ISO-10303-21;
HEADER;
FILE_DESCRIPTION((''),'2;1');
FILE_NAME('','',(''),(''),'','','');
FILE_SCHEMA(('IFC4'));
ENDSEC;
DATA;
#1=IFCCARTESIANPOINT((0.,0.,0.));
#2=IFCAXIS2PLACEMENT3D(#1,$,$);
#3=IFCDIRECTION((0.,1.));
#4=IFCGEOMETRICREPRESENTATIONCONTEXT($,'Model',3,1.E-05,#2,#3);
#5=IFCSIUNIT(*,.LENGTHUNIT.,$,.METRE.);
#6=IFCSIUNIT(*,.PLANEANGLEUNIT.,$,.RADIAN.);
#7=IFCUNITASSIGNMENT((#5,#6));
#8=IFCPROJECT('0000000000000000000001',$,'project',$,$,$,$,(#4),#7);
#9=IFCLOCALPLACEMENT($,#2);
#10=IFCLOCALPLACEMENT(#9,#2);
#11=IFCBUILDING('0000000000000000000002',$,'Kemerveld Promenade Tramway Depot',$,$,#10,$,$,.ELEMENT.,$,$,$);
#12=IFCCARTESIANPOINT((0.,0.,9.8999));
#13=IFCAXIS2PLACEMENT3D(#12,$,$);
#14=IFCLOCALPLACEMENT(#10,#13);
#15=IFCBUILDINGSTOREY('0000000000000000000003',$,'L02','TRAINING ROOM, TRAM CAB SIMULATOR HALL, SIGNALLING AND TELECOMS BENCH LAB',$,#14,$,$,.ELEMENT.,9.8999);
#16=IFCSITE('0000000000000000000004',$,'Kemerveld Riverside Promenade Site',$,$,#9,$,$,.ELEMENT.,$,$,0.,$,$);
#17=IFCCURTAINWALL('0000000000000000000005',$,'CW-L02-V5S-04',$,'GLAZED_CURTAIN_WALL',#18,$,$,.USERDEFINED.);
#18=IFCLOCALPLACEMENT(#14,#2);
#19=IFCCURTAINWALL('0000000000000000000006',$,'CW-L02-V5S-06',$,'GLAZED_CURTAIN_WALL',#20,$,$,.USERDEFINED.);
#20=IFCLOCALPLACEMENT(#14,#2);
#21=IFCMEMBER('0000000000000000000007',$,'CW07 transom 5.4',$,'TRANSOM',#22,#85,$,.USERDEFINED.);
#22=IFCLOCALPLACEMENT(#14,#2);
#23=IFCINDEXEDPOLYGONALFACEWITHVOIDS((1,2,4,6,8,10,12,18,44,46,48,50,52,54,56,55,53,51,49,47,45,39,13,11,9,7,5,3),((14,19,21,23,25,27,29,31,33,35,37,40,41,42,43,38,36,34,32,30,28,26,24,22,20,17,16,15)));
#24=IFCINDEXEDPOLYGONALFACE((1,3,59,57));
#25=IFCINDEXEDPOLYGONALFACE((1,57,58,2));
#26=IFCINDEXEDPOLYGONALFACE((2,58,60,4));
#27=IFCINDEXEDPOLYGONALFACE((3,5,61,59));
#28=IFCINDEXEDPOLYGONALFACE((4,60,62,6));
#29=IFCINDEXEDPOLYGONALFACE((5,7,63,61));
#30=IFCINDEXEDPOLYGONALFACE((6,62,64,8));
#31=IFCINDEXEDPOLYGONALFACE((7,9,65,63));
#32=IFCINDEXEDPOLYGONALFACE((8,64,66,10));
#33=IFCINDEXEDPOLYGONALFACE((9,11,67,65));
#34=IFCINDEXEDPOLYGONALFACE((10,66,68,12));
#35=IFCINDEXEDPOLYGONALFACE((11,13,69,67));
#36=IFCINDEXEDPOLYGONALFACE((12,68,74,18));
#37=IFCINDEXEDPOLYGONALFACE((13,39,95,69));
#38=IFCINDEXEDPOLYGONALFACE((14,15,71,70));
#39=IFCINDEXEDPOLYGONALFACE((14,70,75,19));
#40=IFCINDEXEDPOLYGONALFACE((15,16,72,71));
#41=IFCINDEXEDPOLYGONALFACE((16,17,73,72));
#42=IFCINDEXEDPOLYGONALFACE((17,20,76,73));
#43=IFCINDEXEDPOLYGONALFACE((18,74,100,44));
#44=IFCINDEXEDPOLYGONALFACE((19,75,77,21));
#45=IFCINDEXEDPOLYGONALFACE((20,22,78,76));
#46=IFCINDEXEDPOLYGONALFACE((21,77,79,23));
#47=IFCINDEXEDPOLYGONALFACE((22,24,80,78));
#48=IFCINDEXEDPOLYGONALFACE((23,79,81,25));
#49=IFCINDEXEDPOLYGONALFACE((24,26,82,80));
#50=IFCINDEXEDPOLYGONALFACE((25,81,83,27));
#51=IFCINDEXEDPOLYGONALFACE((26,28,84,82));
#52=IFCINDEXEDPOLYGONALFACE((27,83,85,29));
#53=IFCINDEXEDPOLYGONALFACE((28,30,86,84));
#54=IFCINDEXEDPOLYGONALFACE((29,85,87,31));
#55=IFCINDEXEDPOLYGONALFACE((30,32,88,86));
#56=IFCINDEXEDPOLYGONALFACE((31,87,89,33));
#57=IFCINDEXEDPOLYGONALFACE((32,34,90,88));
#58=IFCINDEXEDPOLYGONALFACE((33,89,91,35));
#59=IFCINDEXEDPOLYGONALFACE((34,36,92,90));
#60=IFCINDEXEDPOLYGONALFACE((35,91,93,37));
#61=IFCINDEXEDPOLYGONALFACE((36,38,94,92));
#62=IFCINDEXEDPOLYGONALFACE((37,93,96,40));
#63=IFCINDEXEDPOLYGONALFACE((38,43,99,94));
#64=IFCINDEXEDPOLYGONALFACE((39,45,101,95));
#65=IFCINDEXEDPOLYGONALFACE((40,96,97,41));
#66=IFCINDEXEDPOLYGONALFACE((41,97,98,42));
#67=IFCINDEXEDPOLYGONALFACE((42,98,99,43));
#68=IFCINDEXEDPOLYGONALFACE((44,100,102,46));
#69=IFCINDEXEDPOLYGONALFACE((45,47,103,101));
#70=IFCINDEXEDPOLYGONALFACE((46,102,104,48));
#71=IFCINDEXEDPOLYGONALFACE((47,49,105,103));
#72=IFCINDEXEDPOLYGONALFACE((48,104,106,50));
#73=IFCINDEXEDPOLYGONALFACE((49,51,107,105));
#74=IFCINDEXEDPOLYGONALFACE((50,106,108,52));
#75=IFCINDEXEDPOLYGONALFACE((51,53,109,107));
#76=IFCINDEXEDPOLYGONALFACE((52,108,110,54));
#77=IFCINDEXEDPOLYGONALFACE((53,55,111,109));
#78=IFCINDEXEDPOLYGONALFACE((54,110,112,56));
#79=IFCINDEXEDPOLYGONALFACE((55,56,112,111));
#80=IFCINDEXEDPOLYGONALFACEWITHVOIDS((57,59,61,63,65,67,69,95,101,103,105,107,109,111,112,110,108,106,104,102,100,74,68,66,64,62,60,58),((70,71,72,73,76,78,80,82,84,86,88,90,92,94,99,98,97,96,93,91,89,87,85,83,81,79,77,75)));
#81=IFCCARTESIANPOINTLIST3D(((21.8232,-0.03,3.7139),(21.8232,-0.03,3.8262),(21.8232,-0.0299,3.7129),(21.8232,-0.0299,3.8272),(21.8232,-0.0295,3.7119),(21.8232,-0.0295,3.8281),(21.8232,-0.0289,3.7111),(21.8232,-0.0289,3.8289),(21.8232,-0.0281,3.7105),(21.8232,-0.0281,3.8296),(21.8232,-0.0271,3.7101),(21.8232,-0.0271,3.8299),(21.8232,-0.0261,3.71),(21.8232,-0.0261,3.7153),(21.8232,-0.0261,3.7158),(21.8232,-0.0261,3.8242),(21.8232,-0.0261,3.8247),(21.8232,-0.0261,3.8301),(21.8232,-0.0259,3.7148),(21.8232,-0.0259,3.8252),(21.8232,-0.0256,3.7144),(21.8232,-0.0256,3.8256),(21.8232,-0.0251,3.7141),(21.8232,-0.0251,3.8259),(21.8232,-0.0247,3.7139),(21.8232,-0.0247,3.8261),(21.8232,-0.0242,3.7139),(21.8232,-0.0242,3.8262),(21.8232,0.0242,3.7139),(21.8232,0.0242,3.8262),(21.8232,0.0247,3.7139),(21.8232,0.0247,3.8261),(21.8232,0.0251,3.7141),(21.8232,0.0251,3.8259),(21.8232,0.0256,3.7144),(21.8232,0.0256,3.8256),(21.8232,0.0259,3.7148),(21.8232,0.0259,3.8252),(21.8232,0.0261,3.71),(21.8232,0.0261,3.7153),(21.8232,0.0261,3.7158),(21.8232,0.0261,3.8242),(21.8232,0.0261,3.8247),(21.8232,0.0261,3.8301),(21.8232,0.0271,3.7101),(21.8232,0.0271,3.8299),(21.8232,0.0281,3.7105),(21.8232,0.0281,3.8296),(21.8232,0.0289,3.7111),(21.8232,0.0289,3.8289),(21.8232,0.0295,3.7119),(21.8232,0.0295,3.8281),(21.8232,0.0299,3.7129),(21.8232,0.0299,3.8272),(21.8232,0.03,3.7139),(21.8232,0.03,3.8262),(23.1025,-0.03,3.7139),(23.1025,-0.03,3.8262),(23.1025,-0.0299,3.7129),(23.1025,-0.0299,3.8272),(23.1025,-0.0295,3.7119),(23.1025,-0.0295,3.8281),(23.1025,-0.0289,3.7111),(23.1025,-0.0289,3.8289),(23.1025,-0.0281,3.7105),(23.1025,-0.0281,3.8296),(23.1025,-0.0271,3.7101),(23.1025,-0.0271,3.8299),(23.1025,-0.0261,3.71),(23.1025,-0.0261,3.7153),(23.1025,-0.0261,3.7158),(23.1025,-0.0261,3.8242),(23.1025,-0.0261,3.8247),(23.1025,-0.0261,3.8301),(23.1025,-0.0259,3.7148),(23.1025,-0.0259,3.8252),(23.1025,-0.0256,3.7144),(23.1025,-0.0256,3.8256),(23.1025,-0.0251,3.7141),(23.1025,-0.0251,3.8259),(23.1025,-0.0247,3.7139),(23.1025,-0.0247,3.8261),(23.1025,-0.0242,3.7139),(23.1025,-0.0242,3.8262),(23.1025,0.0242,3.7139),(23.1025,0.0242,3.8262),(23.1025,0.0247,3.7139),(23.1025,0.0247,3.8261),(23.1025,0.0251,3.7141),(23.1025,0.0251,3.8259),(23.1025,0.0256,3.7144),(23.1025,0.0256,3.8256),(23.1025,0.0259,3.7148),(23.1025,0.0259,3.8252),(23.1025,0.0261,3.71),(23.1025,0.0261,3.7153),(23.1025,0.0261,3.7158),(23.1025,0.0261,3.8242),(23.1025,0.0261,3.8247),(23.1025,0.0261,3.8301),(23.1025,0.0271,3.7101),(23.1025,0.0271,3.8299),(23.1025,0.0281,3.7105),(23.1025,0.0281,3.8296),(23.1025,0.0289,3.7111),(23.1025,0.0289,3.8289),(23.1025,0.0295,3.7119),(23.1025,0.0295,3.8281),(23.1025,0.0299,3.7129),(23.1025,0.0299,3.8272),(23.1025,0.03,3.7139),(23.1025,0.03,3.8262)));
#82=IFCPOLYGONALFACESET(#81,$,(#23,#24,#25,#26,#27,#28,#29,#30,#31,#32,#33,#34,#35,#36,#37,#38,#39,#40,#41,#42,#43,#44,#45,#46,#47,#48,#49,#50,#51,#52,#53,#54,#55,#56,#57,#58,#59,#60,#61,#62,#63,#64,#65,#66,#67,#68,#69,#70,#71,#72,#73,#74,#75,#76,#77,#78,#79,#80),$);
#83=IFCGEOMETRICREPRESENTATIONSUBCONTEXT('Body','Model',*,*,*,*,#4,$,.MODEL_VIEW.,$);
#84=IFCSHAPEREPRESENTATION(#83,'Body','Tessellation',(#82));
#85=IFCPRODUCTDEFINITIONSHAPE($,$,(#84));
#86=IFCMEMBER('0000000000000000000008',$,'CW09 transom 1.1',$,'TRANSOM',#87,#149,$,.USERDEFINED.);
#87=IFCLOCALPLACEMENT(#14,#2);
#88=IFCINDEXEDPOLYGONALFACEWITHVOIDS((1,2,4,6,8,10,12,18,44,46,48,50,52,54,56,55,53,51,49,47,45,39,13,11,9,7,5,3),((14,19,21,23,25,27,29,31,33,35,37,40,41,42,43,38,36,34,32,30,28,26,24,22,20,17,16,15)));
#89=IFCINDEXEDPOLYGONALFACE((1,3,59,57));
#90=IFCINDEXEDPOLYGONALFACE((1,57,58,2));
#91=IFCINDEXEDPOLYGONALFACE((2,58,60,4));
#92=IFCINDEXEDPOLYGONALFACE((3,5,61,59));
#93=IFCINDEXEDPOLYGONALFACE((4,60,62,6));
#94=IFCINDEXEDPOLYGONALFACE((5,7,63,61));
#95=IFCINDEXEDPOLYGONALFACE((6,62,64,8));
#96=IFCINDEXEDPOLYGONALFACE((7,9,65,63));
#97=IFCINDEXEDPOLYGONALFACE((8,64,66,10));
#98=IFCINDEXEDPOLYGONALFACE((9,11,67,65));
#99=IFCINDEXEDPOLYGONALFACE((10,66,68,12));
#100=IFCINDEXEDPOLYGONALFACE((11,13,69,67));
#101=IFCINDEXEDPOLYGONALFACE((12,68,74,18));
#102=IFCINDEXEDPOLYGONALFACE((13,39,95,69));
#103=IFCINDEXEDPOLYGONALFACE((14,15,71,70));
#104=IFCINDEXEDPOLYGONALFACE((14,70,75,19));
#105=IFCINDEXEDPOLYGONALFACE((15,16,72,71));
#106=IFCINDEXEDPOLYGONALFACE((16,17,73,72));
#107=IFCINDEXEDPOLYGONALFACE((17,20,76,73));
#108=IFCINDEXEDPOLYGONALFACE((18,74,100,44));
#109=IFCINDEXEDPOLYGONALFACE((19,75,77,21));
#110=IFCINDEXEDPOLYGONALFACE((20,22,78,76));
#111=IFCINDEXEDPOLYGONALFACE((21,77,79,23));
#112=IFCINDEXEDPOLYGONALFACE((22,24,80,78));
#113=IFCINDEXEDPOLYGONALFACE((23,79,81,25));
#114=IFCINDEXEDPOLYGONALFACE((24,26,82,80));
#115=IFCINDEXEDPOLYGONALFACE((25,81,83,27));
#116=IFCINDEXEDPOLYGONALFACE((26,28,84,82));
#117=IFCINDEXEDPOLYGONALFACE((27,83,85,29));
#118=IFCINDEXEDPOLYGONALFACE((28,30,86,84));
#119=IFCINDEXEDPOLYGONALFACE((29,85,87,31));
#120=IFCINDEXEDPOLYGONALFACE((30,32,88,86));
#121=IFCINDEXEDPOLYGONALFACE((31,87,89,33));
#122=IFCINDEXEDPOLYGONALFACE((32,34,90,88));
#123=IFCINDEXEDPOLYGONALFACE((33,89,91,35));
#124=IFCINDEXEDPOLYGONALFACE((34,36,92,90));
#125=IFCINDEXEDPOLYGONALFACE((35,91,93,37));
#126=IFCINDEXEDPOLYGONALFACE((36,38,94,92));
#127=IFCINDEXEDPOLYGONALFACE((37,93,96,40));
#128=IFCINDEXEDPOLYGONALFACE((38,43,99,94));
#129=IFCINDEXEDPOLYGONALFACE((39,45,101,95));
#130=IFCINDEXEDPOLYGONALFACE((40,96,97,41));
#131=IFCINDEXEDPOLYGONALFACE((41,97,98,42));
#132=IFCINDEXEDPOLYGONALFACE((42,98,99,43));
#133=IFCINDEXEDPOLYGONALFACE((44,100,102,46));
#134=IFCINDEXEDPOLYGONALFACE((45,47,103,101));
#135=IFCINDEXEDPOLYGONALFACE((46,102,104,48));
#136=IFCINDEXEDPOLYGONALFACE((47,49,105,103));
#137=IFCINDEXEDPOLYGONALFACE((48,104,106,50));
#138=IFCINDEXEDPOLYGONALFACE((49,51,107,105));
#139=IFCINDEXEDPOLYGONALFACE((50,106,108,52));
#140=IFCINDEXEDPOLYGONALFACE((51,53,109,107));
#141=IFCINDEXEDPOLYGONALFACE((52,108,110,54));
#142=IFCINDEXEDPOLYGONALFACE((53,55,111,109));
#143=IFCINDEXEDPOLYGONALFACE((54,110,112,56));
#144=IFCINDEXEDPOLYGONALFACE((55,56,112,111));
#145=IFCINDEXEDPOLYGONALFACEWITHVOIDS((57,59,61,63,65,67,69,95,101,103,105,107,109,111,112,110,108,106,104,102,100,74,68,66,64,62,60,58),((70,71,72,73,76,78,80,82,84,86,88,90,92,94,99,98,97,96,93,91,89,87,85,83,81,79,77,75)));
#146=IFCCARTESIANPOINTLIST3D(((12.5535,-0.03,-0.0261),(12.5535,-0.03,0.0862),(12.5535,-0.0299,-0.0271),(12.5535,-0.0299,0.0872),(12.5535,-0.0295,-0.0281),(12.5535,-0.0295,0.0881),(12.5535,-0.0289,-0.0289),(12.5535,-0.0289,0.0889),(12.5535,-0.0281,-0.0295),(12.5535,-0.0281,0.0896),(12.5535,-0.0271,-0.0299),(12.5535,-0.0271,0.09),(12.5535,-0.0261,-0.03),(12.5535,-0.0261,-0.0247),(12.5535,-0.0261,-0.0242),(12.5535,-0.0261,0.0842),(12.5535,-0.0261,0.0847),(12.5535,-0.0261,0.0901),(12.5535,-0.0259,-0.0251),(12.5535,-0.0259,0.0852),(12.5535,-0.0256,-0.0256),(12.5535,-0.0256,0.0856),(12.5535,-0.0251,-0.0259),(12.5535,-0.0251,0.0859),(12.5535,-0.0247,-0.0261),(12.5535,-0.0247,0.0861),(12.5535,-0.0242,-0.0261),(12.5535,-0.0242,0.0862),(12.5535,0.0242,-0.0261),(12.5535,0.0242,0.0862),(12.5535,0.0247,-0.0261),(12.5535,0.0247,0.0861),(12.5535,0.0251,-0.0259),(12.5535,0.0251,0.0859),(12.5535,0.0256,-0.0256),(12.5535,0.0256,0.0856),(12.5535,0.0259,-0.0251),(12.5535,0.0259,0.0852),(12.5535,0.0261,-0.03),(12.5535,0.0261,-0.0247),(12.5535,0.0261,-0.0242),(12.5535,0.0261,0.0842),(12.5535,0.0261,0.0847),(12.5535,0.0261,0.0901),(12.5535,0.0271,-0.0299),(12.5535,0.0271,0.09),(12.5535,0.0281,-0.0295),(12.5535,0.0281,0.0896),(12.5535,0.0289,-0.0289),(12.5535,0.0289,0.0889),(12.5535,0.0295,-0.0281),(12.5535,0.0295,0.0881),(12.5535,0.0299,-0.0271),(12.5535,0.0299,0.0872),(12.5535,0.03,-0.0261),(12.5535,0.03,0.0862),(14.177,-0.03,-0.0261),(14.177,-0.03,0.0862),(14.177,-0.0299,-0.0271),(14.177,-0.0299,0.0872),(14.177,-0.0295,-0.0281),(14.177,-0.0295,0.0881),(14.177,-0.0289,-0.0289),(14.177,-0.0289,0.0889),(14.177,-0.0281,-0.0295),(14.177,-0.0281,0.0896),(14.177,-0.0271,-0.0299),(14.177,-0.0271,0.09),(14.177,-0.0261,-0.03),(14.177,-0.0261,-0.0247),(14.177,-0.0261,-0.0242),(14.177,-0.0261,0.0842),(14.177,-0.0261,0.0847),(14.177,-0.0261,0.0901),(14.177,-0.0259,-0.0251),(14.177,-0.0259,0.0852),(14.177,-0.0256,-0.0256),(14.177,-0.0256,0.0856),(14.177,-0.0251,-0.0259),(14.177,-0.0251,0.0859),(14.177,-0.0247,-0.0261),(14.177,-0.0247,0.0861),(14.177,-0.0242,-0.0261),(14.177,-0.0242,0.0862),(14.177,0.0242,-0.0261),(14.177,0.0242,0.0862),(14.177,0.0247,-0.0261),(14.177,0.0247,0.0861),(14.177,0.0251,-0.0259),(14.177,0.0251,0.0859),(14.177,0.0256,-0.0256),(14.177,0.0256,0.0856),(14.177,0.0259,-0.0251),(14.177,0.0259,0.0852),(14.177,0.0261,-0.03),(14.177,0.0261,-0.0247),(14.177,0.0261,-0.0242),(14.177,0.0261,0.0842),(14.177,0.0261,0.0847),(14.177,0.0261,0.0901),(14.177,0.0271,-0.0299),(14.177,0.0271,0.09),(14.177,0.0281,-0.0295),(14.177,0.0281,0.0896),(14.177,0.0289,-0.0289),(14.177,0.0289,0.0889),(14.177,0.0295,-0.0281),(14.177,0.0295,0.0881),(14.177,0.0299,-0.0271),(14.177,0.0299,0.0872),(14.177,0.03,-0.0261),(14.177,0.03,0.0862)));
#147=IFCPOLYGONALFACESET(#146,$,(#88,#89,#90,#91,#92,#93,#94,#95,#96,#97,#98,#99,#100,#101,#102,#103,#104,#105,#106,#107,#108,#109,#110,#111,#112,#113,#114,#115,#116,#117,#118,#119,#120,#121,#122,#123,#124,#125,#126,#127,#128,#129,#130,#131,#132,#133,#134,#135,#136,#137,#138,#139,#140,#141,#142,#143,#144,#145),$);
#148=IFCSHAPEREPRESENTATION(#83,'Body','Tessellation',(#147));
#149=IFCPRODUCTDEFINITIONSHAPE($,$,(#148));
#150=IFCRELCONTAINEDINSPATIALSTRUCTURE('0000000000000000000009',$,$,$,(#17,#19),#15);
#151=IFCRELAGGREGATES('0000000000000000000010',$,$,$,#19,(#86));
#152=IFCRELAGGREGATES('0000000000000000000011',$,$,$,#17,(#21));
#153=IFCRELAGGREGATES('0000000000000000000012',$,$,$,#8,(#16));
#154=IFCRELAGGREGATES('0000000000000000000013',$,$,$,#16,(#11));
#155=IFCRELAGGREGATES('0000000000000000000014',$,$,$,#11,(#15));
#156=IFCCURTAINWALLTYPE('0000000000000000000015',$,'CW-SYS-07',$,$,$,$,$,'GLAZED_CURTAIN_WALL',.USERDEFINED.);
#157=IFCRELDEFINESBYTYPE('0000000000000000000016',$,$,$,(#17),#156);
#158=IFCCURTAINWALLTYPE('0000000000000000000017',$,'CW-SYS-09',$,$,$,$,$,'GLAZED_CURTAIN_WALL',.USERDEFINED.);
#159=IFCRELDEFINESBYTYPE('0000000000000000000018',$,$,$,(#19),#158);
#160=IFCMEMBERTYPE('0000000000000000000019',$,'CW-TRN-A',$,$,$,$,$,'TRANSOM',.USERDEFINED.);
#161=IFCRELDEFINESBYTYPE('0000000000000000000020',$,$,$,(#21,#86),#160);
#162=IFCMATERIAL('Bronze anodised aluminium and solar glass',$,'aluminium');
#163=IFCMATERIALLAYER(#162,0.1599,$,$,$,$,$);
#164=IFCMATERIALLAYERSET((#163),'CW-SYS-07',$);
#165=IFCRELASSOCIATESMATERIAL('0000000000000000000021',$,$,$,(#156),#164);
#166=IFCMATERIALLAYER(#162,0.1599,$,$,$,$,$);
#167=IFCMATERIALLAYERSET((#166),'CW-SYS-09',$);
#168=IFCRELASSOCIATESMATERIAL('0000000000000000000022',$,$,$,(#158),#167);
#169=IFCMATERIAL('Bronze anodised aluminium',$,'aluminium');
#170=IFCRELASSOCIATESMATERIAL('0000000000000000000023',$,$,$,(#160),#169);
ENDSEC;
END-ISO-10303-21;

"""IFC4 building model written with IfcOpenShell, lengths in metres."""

from ifc_helpers import new_model, si_unit, direction, frame, origin, origin_2d, place, context, subcontext, project, spatial, hollow_rectangle, extrude, material, layer, layer_set, material_profile, profile_set, type_object, element, aggregate, save


model = new_model("IFC4")

# Units and contexts
model_context = context("Model", 3, precision=1e-05, world=origin(), true_north=direction((0.0, 1.0)))
body_context = subcontext(model_context, "Body", "Model", "MODEL_VIEW")
ifc_project = project(units=[si_unit("LENGTHUNIT", "METRE"), si_unit("PLANEANGLEUNIT", "RADIAN")], contexts=[model_context])

# Site, building, storey
site_placement = place(None, origin())
site = spatial("IfcSite", under=ifc_project, at=site_placement, Name="Kemerveld Riverside Promenade Site", CompositionType="ELEMENT", RefElevation=0.0)
building_placement = place(site_placement, origin())
building = spatial("IfcBuilding", under=site, at=building_placement, Name="Kemerveld Promenade Tramway Depot", CompositionType="ELEMENT")
storey_placement = place(building_placement, frame((0.0, 0.0, 9.8999)))
storey = spatial("IfcBuildingStorey", under=building, at=storey_placement, Name="L02", Description="TRAINING ROOM, TRAM CAB SIMULATOR HALL, SIGNALLING AND TELECOMS BENCH LAB", CompositionType="ELEMENT", Elevation=9.8999)

# Curtain wall
ifc_material_1 = material(Name="Bronze anodised aluminium and solar glass", Category="aluminium")
ifc_layer_1 = layer(ifc_material_1, 0.1599)
ifc_layer_set_1 = layer_set([ifc_layer_1], Name="CW-SYS-07")
curtain_wall_type_1 = type_object("IfcCurtainWallType", Name="CW-SYS-07", ElementType="GLAZED_CURTAIN_WALL", PredefinedType="USERDEFINED", material=ifc_layer_set_1)
curtain_wall_1_placement = place(storey_placement, origin())
curtain_wall_1 = element("IfcCurtainWall", 1, at=curtain_wall_1_placement, inside=storey, type_object=curtain_wall_type_1, Name="CW-L02-V5S-04", ObjectType="GLAZED_CURTAIN_WALL", PredefinedType="USERDEFINED")
ifc_material_2 = material(Name="Bronze anodised aluminium", Category="aluminium")

# Curtain wall
ifc_layer_2 = layer(ifc_material_1, 0.1599)
ifc_layer_set_2 = layer_set([ifc_layer_2], Name="CW-SYS-09")
curtain_wall_type_2 = type_object("IfcCurtainWallType", Name="CW-SYS-09", ElementType="GLAZED_CURTAIN_WALL", PredefinedType="USERDEFINED", material=ifc_layer_set_2)
curtain_wall_2_placement = place(storey_placement, origin())
curtain_wall_2 = element("IfcCurtainWall", 2, at=curtain_wall_2_placement, inside=storey, type_object=curtain_wall_type_2, Name="CW-L02-V5S-06", ObjectType="GLAZED_CURTAIN_WALL", PredefinedType="USERDEFINED")

# Members
ifc_material_profile_1 = material_profile(ifc_material_2, hollow_rectangle(XDim=0.0601, YDim=0.1201, WallThickness=0.0039, InnerFilletRadius=0.002, OuterFilletRadius=0.0039, at=origin_2d()), Name="CW-TRN-120x60")
ifc_profile_set_1 = profile_set([ifc_material_profile_1], Name="Bronze anodised aluminium")
member_type_1 = type_object("IfcMemberType", Name="CW-TRN-A", ElementType="TRANSOM", PredefinedType="USERDEFINED", material=ifc_profile_set_1)
member_1_placement = place(storey_placement, frame((23.1025, 0.0, 3.77), z_axis=(-1.0, 0.0, 0.0), x_axis=(0.0, -1.0, 0.0)))
member_1 = element("IfcMember", 3, at=member_1_placement, type_object=member_type_1, Name="CW07 transom 5.4", ObjectType="TRANSOM", PredefinedType="USERDEFINED", context=body_context, shape_type="SweptSolid", body=[
    extrude(hollow_rectangle(XDim=0.0601, YDim=0.1201, WallThickness=0.0039, InnerFilletRadius=0.002, OuterFilletRadius=0.0039, at=origin_2d()), origin(), (0.0, 0.0, 1.0), 1.2793),
])
member_2_placement = place(storey_placement, frame((14.177, 0.0, 0.03), z_axis=(-1.0, 0.0, 0.0), x_axis=(0.0, -1.0, 0.0)))
member_2 = element("IfcMember", 4, at=member_2_placement, type_object=member_type_1, Name="CW09 transom 1.1", ObjectType="TRANSOM", PredefinedType="USERDEFINED", context=body_context, shape_type="SweptSolid", body=[
    extrude(hollow_rectangle(XDim=0.0601, YDim=0.1201, WallThickness=0.0039, InnerFilletRadius=0.002, OuterFilletRadius=0.0039, at=origin_2d()), origin(), (0.0, 0.0, 1.0), 1.6235),
])

aggregate(curtain_wall_2, [member_2])
aggregate(curtain_wall_1, [member_1])

save(model, "model.ifc")
